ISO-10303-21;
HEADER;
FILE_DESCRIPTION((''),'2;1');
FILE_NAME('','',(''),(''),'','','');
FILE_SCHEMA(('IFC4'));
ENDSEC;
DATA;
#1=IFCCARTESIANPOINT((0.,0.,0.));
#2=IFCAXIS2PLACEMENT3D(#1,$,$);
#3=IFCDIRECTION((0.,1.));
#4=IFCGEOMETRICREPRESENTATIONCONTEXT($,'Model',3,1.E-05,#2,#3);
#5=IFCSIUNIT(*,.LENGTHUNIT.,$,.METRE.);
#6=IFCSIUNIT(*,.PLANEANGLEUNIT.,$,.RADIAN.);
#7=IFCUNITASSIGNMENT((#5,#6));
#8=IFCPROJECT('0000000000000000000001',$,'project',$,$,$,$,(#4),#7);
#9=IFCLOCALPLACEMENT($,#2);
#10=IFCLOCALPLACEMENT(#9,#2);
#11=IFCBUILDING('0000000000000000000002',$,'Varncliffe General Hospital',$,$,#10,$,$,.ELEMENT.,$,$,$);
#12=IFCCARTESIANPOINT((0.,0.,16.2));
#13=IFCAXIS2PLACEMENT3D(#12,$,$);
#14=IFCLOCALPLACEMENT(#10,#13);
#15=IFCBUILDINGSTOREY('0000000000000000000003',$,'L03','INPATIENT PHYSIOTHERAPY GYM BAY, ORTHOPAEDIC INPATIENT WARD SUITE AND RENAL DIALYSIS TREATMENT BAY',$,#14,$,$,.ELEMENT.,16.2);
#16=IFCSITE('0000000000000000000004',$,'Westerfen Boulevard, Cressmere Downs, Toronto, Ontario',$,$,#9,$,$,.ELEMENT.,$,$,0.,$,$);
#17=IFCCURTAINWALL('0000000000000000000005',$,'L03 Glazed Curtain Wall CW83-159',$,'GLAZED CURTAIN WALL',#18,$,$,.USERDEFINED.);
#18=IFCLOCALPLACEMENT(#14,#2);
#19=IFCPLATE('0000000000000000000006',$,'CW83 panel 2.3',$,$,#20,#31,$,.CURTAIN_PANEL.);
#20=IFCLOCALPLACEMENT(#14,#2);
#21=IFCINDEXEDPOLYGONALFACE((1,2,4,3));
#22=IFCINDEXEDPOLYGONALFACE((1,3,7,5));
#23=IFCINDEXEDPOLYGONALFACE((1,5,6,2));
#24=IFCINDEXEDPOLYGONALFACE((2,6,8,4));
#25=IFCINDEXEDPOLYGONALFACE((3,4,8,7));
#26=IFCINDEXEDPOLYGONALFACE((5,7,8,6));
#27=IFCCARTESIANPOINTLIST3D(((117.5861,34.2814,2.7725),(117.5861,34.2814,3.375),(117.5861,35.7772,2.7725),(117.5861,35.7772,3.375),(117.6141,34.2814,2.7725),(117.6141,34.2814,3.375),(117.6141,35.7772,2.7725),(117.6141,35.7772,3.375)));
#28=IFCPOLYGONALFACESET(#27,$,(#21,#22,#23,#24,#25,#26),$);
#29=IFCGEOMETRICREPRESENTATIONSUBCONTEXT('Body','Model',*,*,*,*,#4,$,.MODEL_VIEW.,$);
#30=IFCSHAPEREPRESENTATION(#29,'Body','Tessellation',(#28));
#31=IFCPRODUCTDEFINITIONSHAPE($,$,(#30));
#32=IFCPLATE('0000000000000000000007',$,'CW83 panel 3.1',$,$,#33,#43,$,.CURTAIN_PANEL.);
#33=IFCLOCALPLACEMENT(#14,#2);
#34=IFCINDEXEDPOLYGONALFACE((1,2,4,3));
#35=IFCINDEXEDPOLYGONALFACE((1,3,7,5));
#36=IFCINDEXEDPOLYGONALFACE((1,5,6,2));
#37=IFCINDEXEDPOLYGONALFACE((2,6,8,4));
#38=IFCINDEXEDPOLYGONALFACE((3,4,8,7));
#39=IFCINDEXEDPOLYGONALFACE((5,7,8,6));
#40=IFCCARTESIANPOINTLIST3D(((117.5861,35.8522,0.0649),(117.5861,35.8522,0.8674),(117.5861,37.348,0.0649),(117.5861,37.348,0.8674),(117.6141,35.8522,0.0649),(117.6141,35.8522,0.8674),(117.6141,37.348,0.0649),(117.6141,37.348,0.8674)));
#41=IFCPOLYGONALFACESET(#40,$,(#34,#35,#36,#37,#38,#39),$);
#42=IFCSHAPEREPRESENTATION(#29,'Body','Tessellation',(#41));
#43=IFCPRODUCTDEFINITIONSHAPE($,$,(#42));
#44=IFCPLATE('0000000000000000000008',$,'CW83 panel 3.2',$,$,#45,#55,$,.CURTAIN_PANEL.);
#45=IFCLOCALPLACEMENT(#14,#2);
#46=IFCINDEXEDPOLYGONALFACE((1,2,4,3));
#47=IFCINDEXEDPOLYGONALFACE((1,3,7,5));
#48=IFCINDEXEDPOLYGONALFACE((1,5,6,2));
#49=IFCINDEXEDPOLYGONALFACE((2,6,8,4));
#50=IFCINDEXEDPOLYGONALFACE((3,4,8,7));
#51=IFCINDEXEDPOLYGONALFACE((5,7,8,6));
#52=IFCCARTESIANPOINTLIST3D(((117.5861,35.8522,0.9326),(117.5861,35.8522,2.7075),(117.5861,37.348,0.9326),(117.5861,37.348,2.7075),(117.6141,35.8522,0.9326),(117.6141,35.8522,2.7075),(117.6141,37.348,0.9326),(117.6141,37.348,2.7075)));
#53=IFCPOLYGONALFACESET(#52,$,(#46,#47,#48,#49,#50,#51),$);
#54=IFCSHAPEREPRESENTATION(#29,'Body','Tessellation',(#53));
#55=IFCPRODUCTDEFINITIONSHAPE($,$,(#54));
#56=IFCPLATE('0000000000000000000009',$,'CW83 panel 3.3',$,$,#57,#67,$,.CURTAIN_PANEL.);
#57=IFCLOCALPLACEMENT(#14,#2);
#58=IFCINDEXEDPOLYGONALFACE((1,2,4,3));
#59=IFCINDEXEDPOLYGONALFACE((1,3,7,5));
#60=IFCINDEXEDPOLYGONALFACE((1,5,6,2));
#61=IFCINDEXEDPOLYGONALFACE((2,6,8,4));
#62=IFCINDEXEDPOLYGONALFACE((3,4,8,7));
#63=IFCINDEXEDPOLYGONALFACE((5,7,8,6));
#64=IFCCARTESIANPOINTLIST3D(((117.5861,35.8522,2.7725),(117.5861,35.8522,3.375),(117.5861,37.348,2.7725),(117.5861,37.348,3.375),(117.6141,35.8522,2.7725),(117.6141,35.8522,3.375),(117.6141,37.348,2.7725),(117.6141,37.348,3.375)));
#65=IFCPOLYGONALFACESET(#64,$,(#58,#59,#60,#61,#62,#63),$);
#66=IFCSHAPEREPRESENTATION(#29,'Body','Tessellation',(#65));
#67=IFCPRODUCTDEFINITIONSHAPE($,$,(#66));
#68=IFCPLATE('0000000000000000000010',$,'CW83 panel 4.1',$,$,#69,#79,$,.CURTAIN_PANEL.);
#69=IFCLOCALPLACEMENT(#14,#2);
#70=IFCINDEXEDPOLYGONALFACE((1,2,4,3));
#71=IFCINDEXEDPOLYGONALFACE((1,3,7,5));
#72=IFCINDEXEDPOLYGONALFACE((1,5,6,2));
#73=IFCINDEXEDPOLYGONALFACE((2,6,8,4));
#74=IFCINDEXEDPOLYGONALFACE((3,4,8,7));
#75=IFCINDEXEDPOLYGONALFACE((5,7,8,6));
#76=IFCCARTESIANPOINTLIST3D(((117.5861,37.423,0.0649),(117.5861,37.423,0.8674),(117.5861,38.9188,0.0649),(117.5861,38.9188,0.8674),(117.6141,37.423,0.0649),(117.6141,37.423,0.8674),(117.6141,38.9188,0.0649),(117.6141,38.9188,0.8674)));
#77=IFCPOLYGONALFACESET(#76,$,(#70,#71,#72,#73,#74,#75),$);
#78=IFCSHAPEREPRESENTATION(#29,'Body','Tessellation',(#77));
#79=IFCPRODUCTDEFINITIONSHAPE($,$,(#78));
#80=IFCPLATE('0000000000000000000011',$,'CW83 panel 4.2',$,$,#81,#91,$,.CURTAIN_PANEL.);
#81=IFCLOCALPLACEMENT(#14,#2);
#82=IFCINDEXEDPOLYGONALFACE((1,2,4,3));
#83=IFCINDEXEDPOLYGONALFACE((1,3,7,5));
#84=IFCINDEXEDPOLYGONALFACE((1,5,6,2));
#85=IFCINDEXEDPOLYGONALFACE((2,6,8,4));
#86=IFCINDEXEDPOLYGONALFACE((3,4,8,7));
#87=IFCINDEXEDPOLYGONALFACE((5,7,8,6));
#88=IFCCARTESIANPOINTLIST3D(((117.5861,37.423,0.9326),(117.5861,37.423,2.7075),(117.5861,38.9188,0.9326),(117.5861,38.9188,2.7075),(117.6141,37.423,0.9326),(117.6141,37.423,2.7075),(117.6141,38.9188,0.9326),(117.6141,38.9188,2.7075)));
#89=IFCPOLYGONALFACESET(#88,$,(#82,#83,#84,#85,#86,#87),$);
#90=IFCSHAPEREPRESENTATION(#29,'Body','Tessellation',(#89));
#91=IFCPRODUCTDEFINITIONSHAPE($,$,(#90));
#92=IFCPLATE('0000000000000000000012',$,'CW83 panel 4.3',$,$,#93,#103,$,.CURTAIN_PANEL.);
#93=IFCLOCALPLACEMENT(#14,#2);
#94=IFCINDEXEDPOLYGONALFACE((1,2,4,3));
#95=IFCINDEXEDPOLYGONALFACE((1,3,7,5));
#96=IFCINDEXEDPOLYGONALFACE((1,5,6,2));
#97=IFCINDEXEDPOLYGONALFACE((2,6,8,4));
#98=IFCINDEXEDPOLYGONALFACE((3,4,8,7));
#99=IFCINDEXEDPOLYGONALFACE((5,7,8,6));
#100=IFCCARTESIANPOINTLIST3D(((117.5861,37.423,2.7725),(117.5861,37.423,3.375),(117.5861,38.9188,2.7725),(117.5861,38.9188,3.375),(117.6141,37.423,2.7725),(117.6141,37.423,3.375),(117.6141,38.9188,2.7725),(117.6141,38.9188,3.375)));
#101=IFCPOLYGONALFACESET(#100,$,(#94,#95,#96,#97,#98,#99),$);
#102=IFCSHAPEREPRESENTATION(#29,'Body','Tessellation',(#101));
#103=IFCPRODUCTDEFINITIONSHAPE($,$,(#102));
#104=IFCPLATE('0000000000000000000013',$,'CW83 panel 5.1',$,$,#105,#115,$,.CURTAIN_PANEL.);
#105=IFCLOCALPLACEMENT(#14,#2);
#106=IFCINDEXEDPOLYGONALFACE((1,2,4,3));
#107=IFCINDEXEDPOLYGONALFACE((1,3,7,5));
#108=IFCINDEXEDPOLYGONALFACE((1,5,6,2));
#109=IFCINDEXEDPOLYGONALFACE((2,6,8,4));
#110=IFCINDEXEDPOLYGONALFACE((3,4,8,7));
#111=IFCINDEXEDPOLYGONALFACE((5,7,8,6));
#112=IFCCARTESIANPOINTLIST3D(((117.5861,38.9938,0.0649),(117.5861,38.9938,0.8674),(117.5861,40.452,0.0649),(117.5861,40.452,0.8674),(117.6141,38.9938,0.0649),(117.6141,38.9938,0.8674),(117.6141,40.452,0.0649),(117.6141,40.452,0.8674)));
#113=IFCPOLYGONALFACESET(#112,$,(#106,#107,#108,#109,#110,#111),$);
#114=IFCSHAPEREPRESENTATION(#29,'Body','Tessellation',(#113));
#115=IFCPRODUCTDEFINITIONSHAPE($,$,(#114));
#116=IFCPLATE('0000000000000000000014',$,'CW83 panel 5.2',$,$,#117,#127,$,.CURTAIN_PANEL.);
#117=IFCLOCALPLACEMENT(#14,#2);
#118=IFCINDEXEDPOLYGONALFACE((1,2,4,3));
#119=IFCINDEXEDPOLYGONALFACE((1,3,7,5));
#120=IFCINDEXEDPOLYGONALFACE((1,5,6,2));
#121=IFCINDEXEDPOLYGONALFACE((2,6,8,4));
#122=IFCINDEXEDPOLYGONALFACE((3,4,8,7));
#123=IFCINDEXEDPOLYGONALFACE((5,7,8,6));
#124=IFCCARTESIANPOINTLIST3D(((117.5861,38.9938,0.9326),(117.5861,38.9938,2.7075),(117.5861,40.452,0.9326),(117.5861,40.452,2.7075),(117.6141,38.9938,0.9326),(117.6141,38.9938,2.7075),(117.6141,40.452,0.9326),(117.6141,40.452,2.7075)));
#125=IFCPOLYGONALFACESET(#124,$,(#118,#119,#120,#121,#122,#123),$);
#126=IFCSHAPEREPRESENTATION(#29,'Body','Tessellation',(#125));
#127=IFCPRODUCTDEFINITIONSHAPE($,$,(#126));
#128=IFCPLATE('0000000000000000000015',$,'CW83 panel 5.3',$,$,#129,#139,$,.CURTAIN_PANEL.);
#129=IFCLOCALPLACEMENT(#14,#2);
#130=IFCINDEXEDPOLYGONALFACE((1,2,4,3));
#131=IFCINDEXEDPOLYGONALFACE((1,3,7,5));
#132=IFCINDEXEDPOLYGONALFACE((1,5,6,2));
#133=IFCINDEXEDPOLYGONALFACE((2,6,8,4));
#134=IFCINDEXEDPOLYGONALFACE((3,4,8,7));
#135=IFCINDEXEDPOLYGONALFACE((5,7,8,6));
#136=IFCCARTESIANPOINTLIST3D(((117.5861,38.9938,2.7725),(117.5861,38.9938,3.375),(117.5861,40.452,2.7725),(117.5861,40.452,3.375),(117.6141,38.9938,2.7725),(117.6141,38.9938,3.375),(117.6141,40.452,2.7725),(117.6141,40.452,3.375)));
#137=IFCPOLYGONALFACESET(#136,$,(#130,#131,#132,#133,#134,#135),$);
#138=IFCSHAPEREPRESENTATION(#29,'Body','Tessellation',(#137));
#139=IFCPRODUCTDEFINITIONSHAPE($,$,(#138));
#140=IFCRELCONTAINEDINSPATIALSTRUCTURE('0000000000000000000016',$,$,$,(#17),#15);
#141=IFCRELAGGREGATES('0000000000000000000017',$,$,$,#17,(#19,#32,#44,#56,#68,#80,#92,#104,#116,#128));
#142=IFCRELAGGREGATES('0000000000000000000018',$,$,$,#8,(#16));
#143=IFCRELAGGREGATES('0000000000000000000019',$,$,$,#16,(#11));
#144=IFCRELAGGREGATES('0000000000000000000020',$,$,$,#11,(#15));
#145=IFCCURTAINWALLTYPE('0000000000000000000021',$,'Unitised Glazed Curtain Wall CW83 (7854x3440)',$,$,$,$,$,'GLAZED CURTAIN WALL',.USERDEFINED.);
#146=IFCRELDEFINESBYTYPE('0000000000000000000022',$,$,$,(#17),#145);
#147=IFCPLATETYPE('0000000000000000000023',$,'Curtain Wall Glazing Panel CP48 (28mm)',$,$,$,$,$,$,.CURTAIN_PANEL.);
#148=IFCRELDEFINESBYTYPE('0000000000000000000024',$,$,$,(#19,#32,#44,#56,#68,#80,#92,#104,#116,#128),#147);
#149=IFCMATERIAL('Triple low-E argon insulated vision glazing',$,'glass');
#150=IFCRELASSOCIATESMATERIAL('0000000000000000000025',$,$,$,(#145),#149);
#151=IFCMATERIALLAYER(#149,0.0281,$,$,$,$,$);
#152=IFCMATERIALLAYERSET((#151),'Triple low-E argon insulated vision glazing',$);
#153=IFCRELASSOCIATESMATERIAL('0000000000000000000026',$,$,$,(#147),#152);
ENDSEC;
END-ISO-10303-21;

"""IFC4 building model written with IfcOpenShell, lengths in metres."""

from ifc_helpers import new_model, si_unit, direction, frame, origin, origin_2d, place, context, subcontext, project, spatial, rectangle, extrude, material, layer, layer_set, type_object, element, aggregate, save


model = new_model("IFC4")

# Units and contexts
model_context = context("Model", 3, precision=1e-05, world=origin(), true_north=direction((0.0, 1.0)))
body_context = subcontext(model_context, "Body", "Model", "MODEL_VIEW")
ifc_project = project(units=[si_unit("LENGTHUNIT", "METRE"), si_unit("PLANEANGLEUNIT", "RADIAN")], contexts=[model_context])

# Site, building, storey
site_placement = place(None, origin())
site = spatial("IfcSite", under=ifc_project, at=site_placement, Name="Westerfen Boulevard, Cressmere Downs, Toronto, Ontario", CompositionType="ELEMENT", RefElevation=0.0)
building_placement = place(site_placement, origin())
building = spatial("IfcBuilding", under=site, at=building_placement, Name="Varncliffe General Hospital", CompositionType="ELEMENT")
storey_placement = place(building_placement, frame((0.0, 0.0, 16.2)))
storey = spatial("IfcBuildingStorey", under=building, at=storey_placement, Name="L03", Description="INPATIENT PHYSIOTHERAPY GYM BAY, ORTHOPAEDIC INPATIENT WARD SUITE AND RENAL DIALYSIS TREATMENT BAY", CompositionType="ELEMENT", Elevation=16.2)

# Curtain wall
ifc_material_1 = material(Name="Triple low-E argon insulated vision glazing", Category="glass")
curtain_wall_type_1 = type_object("IfcCurtainWallType", Name="Unitised Glazed Curtain Wall CW83 (7854x3440)", ElementType="GLAZED CURTAIN WALL", PredefinedType="USERDEFINED", material=ifc_material_1)
curtain_wall_1_placement = place(storey_placement, origin())
curtain_wall_1 = element("IfcCurtainWall", 1, at=curtain_wall_1_placement, inside=storey, type_object=curtain_wall_type_1, Name="L03 Glazed Curtain Wall CW83-159", ObjectType="GLAZED CURTAIN WALL", PredefinedType="USERDEFINED")

# Plates
ifc_layer_1 = layer(ifc_material_1, 0.0281)
ifc_layer_set_1 = layer_set([ifc_layer_1], Name="Triple low-E argon insulated vision glazing")
plate_type_1 = type_object("IfcPlateType", Name="Curtain Wall Glazing Panel CP48 (28mm)", PredefinedType="CURTAIN_PANEL", material=ifc_layer_set_1)
plate_1_placement = place(storey_placement, frame((117.6001, 35.0293, 2.7725), z_axis=(0.0, 0.0, 1.0), x_axis=(0.0, 1.0, 0.0)))
plate_1 = element("IfcPlate", 2, at=plate_1_placement, type_object=plate_type_1, Name="CW83 panel 2.3", PredefinedType="CURTAIN_PANEL", context=body_context, shape_type="SweptSolid", body=[
    extrude(rectangle(XDim=1.4958, YDim=0.0281, at=origin_2d()), origin(), (0.0, 0.0, 1.0), 0.6025),
])
plate_2_placement = place(storey_placement, frame((117.6001, 36.6001, 0.0649), z_axis=(0.0, 0.0, 1.0), x_axis=(0.0, 1.0, 0.0)))
plate_2 = element("IfcPlate", 3, at=plate_2_placement, type_object=plate_type_1, Name="CW83 panel 3.1", PredefinedType="CURTAIN_PANEL", context=body_context, shape_type="SweptSolid", body=[
    extrude(rectangle(XDim=1.4958, YDim=0.0281, at=origin_2d()), origin(), (0.0, 0.0, 1.0), 0.8025),
])
plate_3_placement = place(storey_placement, frame((117.6001, 36.6001, 0.9326), z_axis=(0.0, 0.0, 1.0), x_axis=(0.0, 1.0, 0.0)))
plate_3 = element("IfcPlate", 4, at=plate_3_placement, type_object=plate_type_1, Name="CW83 panel 3.2", PredefinedType="CURTAIN_PANEL", context=body_context, shape_type="SweptSolid", body=[
    extrude(rectangle(XDim=1.4958, YDim=0.0281, at=origin_2d()), origin(), (0.0, 0.0, 1.0), 1.7749),
])
plate_4_placement = place(storey_placement, frame((117.6001, 36.6001, 2.7725), z_axis=(0.0, 0.0, 1.0), x_axis=(0.0, 1.0, 0.0)))
plate_4 = element("IfcPlate", 5, at=plate_4_placement, type_object=plate_type_1, Name="CW83 panel 3.3", PredefinedType="CURTAIN_PANEL", context=body_context, shape_type="SweptSolid", body=[
    extrude(rectangle(XDim=1.4958, YDim=0.0281, at=origin_2d()), origin(), (0.0, 0.0, 1.0), 0.6025),
])
plate_5_placement = place(storey_placement, frame((117.6001, 38.1709, 0.0649), z_axis=(0.0, 0.0, 1.0), x_axis=(0.0, 1.0, 0.0)))
plate_5 = element("IfcPlate", 6, at=plate_5_placement, type_object=plate_type_1, Name="CW83 panel 4.1", PredefinedType="CURTAIN_PANEL", context=body_context, shape_type="SweptSolid", body=[
    extrude(rectangle(XDim=1.4958, YDim=0.0281, at=origin_2d()), origin(), (0.0, 0.0, 1.0), 0.8025),
])
plate_6_placement = place(storey_placement, frame((117.6001, 38.1709, 0.9326), z_axis=(0.0, 0.0, 1.0), x_axis=(0.0, 1.0, 0.0)))
plate_6 = element("IfcPlate", 7, at=plate_6_placement, type_object=plate_type_1, Name="CW83 panel 4.2", PredefinedType="CURTAIN_PANEL", context=body_context, shape_type="SweptSolid", body=[
    extrude(rectangle(XDim=1.4958, YDim=0.0281, at=origin_2d()), origin(), (0.0, 0.0, 1.0), 1.7749),
])
plate_7_placement = place(storey_placement, frame((117.6001, 38.1709, 2.7725), z_axis=(0.0, 0.0, 1.0), x_axis=(0.0, 1.0, 0.0)))
plate_7 = element("IfcPlate", 8, at=plate_7_placement, type_object=plate_type_1, Name="CW83 panel 4.3", PredefinedType="CURTAIN_PANEL", context=body_context, shape_type="SweptSolid", body=[
    extrude(rectangle(XDim=1.4958, YDim=0.0281, at=origin_2d()), origin(), (0.0, 0.0, 1.0), 0.6025),
])
plate_8_placement = place(storey_placement, frame((117.6001, 39.7229, 0.0649), z_axis=(0.0, 0.0, 1.0), x_axis=(0.0, 1.0, 0.0)))
plate_8 = element("IfcPlate", 9, at=plate_8_placement, type_object=plate_type_1, Name="CW83 panel 5.1", PredefinedType="CURTAIN_PANEL", context=body_context, shape_type="SweptSolid", body=[
    extrude(rectangle(XDim=1.4583, YDim=0.0281, at=origin_2d()), origin(), (0.0, 0.0, 1.0), 0.8025),
])
plate_9_placement = place(storey_placement, frame((117.6001, 39.7229, 0.9326), z_axis=(0.0, 0.0, 1.0), x_axis=(0.0, 1.0, 0.0)))
plate_9 = element("IfcPlate", 10, at=plate_9_placement, type_object=plate_type_1, Name="CW83 panel 5.2", PredefinedType="CURTAIN_PANEL", context=body_context, shape_type="SweptSolid", body=[
    extrude(rectangle(XDim=1.4583, YDim=0.0281, at=origin_2d()), origin(), (0.0, 0.0, 1.0), 1.7749),
])
plate_10_placement = place(storey_placement, frame((117.6001, 39.7229, 2.7725), z_axis=(0.0, 0.0, 1.0), x_axis=(0.0, 1.0, 0.0)))
plate_10 = element("IfcPlate", 11, at=plate_10_placement, type_object=plate_type_1, Name="CW83 panel 5.3", PredefinedType="CURTAIN_PANEL", context=body_context, shape_type="SweptSolid", body=[
    extrude(rectangle(XDim=1.4583, YDim=0.0281, at=origin_2d()), origin(), (0.0, 0.0, 1.0), 0.6025),
])
aggregate(curtain_wall_1, [plate_1, plate_2, plate_3, plate_4, plate_5, plate_6, plate_7, plate_8, plate_9, plate_10])

save(model, "model.ifc")
